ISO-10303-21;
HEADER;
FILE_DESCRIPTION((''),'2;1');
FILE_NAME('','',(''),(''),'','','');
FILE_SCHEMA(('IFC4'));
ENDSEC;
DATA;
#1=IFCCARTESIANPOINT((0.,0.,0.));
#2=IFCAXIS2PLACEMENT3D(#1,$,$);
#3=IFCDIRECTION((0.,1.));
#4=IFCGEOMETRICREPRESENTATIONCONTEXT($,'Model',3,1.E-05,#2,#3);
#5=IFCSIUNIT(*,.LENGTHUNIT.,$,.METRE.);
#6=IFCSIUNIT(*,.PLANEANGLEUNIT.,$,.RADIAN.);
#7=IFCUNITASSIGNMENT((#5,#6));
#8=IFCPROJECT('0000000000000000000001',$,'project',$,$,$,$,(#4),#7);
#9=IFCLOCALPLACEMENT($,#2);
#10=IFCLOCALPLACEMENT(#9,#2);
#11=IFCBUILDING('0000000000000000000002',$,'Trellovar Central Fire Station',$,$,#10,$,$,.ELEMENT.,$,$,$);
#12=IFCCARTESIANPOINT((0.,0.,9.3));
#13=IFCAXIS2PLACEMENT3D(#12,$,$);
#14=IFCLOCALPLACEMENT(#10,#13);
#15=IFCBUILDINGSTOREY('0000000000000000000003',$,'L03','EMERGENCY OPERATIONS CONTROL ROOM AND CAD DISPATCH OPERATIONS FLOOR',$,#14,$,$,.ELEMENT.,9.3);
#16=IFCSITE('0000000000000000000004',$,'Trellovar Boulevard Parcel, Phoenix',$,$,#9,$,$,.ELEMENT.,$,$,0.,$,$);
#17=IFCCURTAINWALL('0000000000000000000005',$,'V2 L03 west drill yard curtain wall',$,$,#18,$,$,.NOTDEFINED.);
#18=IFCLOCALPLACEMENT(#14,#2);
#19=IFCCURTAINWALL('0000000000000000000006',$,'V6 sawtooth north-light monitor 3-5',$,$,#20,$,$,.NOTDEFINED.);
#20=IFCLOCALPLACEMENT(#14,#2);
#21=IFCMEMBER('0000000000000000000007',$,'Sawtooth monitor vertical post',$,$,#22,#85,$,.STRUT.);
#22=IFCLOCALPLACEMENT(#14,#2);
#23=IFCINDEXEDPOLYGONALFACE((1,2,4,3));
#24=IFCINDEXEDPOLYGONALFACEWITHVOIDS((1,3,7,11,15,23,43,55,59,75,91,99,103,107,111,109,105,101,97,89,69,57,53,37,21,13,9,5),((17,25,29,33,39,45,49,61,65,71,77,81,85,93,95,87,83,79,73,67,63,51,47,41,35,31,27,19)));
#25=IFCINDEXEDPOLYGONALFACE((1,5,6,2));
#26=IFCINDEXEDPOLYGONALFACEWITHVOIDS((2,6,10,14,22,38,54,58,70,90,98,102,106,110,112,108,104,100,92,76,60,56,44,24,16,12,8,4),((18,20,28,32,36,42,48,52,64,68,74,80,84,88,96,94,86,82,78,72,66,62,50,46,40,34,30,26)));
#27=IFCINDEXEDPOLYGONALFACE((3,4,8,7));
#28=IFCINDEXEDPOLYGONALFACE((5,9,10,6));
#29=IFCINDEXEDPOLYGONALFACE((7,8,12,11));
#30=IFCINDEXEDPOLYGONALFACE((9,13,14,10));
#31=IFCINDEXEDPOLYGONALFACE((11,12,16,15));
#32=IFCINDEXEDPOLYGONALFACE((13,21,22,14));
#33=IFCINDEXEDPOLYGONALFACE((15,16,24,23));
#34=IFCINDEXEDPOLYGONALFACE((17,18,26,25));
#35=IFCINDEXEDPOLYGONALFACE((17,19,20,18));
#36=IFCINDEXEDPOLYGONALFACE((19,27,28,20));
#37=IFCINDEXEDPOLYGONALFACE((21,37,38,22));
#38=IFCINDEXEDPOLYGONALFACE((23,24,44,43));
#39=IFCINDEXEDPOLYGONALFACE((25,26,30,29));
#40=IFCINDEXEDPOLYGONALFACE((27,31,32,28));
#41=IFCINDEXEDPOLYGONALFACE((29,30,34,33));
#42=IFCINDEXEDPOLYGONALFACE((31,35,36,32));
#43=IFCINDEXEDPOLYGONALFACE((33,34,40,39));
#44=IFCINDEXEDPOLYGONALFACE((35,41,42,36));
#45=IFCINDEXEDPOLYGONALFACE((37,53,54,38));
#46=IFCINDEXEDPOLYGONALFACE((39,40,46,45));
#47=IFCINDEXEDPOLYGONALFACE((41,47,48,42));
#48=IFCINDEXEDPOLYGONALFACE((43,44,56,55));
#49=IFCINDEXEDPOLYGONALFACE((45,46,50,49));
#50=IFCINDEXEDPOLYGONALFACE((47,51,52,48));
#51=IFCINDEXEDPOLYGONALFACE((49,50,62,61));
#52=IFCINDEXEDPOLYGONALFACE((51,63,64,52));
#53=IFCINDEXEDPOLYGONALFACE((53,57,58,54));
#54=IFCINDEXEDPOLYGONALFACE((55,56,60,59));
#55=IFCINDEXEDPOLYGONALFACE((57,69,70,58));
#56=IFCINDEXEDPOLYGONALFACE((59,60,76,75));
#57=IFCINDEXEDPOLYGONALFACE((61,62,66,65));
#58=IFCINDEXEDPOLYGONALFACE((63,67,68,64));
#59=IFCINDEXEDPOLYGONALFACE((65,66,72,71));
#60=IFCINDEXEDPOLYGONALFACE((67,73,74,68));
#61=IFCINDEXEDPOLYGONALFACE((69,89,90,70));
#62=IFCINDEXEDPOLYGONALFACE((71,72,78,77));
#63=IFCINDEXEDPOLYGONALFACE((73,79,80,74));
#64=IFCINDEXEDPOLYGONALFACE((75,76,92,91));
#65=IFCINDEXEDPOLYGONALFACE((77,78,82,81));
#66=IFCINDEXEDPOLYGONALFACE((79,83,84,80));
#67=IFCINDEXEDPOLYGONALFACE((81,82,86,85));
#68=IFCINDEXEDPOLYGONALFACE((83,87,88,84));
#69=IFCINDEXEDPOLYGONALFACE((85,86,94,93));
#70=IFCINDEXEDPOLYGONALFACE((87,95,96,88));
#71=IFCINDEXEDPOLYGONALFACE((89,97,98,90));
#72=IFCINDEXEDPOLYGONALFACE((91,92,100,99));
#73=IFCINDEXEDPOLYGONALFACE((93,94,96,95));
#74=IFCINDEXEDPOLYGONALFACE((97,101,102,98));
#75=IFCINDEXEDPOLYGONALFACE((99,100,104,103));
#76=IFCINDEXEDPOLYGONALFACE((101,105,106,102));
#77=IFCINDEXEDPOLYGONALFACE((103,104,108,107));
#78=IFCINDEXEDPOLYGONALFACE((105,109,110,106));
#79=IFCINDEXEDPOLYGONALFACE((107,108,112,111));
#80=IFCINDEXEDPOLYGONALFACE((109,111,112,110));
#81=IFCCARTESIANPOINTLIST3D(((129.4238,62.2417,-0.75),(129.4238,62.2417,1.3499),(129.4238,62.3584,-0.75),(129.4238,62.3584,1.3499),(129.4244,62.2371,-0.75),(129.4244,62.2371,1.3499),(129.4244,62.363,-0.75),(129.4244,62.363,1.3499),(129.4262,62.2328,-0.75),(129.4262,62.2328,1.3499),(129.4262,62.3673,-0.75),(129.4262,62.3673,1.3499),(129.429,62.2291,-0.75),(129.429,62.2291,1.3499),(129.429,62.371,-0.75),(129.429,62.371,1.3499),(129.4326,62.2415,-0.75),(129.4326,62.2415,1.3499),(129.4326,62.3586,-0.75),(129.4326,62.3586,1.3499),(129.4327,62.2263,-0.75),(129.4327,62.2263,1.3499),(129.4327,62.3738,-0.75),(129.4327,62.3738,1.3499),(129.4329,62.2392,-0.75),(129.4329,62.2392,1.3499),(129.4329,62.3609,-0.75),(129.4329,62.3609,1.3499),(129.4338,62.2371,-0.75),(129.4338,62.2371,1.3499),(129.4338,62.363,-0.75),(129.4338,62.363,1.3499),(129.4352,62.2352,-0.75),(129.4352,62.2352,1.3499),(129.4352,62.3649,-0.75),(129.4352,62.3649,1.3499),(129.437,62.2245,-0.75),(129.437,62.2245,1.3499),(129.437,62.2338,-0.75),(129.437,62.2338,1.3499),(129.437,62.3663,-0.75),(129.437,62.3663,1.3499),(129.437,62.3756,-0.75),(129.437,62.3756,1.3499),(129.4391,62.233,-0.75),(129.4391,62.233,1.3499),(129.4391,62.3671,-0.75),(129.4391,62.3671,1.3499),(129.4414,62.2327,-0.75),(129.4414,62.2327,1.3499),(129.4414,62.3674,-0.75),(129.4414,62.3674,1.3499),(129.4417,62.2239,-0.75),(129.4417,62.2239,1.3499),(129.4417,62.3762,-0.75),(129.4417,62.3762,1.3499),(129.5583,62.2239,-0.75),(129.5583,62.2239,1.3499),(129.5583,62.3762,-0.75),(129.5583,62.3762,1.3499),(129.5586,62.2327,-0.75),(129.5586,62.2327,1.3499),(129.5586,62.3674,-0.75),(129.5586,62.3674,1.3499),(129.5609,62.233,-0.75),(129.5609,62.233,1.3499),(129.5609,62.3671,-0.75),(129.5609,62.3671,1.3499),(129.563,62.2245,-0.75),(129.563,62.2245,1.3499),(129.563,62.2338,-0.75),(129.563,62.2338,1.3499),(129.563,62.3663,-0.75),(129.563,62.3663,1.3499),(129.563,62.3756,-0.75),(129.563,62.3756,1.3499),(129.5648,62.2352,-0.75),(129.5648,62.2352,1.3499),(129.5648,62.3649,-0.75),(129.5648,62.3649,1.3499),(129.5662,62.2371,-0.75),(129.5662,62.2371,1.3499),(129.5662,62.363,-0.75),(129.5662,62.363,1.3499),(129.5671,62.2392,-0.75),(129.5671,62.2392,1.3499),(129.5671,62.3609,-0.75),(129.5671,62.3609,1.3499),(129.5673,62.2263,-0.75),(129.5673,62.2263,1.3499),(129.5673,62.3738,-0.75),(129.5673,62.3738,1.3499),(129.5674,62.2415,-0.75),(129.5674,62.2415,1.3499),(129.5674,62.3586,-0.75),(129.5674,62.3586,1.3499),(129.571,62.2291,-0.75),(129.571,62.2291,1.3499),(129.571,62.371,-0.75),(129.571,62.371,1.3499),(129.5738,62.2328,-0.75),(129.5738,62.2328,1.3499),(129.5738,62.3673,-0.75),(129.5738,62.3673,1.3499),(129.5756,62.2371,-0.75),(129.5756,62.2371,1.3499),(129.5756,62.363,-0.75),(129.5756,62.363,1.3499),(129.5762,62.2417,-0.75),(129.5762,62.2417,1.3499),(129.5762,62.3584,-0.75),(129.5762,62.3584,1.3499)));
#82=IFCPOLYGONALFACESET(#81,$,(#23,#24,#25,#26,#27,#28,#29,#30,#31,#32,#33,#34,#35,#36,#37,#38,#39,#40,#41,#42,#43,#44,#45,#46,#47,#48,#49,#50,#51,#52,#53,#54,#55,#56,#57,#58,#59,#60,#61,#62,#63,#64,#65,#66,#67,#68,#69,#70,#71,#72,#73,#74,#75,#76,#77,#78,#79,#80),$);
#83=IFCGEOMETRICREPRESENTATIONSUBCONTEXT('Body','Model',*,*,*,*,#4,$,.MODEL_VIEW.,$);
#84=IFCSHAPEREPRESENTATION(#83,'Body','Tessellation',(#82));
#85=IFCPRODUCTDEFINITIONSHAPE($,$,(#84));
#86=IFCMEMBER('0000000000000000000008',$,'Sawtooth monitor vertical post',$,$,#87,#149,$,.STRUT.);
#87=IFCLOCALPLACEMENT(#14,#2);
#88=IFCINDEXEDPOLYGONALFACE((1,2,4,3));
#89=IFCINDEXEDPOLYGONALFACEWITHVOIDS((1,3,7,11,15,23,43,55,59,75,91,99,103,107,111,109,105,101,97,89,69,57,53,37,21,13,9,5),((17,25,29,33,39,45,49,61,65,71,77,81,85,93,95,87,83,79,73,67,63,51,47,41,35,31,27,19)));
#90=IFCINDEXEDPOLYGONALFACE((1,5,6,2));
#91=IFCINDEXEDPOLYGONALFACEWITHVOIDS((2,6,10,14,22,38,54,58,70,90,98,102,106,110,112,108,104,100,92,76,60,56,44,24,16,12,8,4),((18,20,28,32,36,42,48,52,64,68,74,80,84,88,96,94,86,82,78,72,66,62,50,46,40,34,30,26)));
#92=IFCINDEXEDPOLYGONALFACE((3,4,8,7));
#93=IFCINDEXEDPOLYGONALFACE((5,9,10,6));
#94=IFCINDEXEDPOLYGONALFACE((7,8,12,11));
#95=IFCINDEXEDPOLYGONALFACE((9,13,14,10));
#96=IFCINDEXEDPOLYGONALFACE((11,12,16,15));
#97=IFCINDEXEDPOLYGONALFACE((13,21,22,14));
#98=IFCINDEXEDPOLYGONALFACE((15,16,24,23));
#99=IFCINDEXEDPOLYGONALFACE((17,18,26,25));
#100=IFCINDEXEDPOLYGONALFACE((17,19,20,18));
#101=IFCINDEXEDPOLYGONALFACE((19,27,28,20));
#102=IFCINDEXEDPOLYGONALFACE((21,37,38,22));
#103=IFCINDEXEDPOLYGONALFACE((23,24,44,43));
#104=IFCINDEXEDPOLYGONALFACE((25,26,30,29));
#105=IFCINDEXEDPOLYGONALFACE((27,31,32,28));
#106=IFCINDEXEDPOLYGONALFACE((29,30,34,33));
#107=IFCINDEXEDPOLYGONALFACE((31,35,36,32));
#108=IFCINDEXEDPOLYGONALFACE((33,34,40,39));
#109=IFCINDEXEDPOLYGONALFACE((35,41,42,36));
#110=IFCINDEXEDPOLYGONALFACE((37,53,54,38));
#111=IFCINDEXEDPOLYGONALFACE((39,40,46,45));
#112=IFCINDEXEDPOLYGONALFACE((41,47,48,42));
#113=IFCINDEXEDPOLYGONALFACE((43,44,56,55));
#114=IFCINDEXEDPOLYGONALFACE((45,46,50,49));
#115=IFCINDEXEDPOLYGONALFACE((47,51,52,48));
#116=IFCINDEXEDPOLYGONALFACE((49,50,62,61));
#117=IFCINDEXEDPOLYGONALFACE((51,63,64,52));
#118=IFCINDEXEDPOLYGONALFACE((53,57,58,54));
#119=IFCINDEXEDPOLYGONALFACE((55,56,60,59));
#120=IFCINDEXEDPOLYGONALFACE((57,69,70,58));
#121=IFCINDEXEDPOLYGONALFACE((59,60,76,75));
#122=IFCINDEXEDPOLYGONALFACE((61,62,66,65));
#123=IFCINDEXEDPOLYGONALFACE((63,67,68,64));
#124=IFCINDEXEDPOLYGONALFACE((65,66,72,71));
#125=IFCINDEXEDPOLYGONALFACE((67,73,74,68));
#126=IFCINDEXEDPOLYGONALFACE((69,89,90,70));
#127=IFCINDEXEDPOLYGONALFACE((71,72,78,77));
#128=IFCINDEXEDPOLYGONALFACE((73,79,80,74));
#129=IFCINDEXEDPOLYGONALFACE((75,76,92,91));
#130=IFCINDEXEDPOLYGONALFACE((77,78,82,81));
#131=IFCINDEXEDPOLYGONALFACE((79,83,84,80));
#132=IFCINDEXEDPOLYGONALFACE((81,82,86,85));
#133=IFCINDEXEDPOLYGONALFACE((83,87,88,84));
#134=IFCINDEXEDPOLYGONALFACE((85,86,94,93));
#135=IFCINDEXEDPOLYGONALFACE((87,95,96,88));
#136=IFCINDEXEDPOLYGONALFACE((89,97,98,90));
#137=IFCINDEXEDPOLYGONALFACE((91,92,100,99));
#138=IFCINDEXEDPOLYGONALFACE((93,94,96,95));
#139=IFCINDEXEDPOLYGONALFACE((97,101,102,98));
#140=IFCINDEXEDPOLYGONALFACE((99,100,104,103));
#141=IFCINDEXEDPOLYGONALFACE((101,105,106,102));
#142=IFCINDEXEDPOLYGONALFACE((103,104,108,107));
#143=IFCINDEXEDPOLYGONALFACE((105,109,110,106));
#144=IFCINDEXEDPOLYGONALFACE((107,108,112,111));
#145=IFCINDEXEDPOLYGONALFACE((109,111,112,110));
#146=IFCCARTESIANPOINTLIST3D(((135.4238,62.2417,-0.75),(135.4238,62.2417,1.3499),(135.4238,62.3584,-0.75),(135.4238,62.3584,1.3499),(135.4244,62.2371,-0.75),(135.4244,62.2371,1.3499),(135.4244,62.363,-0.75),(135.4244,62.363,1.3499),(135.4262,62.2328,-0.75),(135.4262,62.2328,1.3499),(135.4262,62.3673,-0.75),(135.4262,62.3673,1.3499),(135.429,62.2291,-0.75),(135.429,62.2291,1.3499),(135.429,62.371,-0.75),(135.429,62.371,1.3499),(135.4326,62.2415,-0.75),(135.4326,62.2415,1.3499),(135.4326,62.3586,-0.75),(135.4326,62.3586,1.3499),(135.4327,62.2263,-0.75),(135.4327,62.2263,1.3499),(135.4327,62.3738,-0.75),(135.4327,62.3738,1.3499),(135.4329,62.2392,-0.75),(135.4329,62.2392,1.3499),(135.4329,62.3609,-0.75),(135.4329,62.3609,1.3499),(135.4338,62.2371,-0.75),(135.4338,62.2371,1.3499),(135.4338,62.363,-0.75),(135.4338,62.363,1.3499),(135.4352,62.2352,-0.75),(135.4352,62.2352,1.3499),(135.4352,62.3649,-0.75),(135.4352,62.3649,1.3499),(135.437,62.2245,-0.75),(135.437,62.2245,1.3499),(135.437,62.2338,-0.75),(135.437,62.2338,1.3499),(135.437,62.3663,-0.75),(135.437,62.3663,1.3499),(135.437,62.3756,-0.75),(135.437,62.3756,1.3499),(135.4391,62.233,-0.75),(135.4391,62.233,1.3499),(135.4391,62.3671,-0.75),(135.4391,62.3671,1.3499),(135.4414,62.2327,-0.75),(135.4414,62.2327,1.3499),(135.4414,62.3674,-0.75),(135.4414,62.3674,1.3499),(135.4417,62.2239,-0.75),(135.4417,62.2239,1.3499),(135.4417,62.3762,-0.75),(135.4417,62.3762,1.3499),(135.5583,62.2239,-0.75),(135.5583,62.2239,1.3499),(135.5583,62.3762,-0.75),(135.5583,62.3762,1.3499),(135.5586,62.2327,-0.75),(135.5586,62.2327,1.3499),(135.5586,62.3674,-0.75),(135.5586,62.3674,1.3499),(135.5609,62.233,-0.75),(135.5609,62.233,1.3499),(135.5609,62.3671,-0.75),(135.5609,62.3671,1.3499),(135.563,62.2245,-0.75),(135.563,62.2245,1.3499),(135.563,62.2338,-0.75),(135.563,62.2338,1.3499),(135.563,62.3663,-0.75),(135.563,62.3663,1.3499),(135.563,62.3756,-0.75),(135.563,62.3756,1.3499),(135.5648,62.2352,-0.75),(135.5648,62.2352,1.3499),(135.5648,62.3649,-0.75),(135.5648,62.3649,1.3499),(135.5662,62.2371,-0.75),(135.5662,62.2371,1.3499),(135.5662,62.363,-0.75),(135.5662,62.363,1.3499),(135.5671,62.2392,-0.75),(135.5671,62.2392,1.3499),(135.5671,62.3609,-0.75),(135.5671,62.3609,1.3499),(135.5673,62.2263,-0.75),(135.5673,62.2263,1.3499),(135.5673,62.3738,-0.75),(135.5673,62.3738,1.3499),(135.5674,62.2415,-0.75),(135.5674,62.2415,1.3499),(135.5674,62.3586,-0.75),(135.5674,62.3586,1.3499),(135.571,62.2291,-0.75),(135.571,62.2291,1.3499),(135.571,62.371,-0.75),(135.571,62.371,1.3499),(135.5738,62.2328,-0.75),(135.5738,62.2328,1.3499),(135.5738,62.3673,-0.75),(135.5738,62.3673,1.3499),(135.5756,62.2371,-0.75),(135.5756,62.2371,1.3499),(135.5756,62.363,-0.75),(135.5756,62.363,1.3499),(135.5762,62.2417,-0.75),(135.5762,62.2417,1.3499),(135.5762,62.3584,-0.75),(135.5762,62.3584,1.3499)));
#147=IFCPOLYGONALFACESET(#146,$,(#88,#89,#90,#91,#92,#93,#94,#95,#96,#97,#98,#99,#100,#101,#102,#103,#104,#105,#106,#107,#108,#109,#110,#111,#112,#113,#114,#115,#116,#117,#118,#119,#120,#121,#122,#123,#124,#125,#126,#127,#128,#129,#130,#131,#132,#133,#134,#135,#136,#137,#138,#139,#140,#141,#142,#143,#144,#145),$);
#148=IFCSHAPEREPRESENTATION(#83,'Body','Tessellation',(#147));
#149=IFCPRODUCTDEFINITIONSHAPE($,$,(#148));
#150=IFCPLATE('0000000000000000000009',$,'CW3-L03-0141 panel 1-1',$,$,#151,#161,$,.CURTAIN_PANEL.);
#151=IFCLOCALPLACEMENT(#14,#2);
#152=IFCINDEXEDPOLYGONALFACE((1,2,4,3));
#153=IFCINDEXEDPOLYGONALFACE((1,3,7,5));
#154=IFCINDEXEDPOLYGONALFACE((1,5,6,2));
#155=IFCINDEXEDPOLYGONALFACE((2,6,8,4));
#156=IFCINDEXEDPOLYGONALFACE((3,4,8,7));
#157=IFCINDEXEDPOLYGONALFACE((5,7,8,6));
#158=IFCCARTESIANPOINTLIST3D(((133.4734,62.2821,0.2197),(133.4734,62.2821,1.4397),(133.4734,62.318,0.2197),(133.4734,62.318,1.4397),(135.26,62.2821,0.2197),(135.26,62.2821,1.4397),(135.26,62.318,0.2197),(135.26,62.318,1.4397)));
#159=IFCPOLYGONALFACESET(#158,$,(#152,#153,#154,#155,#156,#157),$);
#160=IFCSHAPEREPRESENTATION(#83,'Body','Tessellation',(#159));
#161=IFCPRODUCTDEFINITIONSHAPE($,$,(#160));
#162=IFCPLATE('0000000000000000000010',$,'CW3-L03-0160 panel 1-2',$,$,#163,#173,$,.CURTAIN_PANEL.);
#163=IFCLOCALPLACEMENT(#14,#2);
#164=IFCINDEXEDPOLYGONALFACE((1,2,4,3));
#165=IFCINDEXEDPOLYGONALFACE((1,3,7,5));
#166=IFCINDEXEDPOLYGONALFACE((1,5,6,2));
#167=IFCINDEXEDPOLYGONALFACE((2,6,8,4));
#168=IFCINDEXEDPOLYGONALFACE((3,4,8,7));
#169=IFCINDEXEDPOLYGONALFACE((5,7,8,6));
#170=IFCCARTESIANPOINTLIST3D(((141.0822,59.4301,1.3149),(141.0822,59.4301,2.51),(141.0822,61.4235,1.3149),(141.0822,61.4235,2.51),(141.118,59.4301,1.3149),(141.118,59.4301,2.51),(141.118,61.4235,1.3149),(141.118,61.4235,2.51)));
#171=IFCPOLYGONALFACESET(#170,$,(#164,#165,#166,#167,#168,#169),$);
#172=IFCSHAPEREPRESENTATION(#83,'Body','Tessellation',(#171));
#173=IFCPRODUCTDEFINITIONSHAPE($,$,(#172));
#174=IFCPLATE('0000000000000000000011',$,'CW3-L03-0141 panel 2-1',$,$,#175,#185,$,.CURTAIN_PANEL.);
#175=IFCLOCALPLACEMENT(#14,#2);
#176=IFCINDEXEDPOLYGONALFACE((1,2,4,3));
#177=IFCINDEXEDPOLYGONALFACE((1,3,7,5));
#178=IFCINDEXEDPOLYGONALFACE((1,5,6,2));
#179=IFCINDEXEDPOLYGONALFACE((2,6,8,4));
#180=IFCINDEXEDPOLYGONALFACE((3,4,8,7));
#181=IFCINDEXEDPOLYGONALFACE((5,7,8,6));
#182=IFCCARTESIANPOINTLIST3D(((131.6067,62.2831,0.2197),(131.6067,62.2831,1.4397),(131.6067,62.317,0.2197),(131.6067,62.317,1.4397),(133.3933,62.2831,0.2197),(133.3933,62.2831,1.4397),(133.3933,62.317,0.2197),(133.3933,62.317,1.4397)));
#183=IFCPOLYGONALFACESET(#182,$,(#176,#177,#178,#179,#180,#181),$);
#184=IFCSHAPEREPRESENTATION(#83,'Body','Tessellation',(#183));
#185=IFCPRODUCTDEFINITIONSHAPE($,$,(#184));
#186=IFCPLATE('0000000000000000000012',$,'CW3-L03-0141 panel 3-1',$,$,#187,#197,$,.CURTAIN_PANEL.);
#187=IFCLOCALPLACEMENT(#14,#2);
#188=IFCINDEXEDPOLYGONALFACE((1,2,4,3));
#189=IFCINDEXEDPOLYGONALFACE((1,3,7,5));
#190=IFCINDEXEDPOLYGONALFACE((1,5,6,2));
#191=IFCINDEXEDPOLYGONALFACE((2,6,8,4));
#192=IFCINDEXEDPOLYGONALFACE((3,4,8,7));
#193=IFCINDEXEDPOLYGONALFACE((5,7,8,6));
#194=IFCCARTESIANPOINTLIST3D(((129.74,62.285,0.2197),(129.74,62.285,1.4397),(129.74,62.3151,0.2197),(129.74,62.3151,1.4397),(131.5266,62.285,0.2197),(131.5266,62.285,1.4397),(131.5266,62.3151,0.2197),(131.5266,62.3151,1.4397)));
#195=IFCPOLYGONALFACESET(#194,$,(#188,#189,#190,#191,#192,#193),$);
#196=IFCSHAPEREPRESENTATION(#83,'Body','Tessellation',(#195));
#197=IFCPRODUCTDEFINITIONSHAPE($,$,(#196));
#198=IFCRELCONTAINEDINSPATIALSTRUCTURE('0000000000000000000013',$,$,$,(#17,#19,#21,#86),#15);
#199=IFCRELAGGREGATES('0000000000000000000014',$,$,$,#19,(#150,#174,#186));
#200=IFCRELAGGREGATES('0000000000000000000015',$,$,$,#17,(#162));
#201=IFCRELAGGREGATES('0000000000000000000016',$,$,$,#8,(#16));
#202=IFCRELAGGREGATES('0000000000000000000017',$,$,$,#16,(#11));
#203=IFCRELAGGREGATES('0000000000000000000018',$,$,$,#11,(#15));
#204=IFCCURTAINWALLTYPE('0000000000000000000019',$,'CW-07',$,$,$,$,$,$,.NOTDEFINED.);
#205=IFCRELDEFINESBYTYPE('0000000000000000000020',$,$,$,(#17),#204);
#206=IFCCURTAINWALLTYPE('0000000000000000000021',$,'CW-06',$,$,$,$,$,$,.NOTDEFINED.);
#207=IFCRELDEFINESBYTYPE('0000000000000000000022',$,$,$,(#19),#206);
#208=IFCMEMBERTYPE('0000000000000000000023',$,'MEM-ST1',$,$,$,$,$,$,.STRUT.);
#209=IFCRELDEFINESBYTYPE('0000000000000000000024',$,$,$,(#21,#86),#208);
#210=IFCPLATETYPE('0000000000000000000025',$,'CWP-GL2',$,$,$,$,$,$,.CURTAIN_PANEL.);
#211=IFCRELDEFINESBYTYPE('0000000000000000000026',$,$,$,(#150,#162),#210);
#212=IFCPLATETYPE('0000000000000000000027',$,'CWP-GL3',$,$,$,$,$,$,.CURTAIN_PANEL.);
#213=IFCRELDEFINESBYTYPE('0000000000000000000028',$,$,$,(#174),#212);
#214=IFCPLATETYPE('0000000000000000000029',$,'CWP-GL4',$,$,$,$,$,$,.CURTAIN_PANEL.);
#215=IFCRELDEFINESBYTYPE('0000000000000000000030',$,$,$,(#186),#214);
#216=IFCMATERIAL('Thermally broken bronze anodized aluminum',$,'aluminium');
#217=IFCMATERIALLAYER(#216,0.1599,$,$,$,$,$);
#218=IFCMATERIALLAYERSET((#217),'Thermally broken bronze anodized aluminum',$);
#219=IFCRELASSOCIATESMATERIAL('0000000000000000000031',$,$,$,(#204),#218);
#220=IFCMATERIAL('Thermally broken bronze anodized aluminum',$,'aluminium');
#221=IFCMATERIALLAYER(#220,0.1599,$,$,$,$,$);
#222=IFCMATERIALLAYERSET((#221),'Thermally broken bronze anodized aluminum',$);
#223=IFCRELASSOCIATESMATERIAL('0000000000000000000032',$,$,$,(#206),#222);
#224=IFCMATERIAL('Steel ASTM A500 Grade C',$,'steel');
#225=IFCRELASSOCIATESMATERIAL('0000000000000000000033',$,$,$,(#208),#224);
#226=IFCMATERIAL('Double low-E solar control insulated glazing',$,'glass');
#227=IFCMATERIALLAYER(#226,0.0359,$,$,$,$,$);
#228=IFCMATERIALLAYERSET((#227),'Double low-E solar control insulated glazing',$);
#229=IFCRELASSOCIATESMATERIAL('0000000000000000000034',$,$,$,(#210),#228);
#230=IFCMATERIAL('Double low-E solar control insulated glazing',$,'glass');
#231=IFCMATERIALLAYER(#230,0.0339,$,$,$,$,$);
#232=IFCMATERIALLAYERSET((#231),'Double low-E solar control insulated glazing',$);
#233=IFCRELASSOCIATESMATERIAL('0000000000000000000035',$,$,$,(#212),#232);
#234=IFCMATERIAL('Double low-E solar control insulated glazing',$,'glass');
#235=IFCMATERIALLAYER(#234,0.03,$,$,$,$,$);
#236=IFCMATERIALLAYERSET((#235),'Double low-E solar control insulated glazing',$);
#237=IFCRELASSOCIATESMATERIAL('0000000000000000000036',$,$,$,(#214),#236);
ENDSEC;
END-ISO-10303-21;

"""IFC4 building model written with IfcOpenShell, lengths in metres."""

from ifc_helpers import new_model, si_unit, direction, frame, origin, origin_2d, place, context, subcontext, project, spatial, rectangle, hollow_rectangle, extrude, material, layer, layer_set, material_profile, profile_set, type_object, element, aggregate, save


model = new_model("IFC4")

# Units and contexts
model_context = context("Model", 3, precision=1e-05, world=origin(), true_north=direction((0.0, 1.0)))
body_context = subcontext(model_context, "Body", "Model", "MODEL_VIEW")
ifc_project = project(units=[si_unit("LENGTHUNIT", "METRE"), si_unit("PLANEANGLEUNIT", "RADIAN")], contexts=[model_context])

# Site, building, storey
site_placement = place(None, origin())
site = spatial("IfcSite", under=ifc_project, at=site_placement, Name="Trellovar Boulevard Parcel, Phoenix", CompositionType="ELEMENT", RefElevation=0.0)
building_placement = place(site_placement, origin())
building = spatial("IfcBuilding", under=site, at=building_placement, Name="Trellovar Central Fire Station", CompositionType="ELEMENT")
storey_placement = place(building_placement, frame((0.0, 0.0, 9.3)))
storey = spatial("IfcBuildingStorey", under=building, at=storey_placement, Name="L03", Description="EMERGENCY OPERATIONS CONTROL ROOM AND CAD DISPATCH OPERATIONS FLOOR", CompositionType="ELEMENT", Elevation=9.3)

# Curtain wall
ifc_material_1 = material(Name="Thermally broken bronze anodized aluminum", Category="aluminium")
ifc_layer_1 = layer(ifc_material_1, 0.1599)
ifc_layer_set_1 = layer_set([ifc_layer_1], Name="Thermally broken bronze anodized aluminum")
curtain_wall_type_1 = type_object("IfcCurtainWallType", Name="CW-07", PredefinedType="NOTDEFINED", material=ifc_layer_set_1)
curtain_wall_1_placement = place(storey_placement, origin())
curtain_wall_1 = element("IfcCurtainWall", 1, at=curtain_wall_1_placement, inside=storey, type_object=curtain_wall_type_1, Name="V2 L03 west drill yard curtain wall", PredefinedType="NOTDEFINED")

# Curtain wall
ifc_material_2 = material(Name="Thermally broken bronze anodized aluminum", Category="aluminium")
ifc_layer_2 = layer(ifc_material_2, 0.1599)
ifc_layer_set_2 = layer_set([ifc_layer_2], Name="Thermally broken bronze anodized aluminum")
curtain_wall_type_2 = type_object("IfcCurtainWallType", Name="CW-06", PredefinedType="NOTDEFINED", material=ifc_layer_set_2)
curtain_wall_2_placement = place(storey_placement, origin())
curtain_wall_2 = element("IfcCurtainWall", 2, at=curtain_wall_2_placement, inside=storey, type_object=curtain_wall_type_2, Name="V6 sawtooth north-light monitor 3-5", PredefinedType="NOTDEFINED")

# Members
ifc_material_3 = material(Name="Steel ASTM A500 Grade C", Category="steel")
ifc_material_profile_1 = material_profile(ifc_material_3, hollow_rectangle(XDim=0.1523, YDim=0.1523, WallThickness=0.0088, InnerFilletRadius=0.0088, OuterFilletRadius=0.0178, at=origin_2d()), Name="HSS6X6X3/8")
ifc_profile_set_1 = profile_set([ifc_material_profile_1], Name="Steel ASTM A500 Grade C")
member_type_1 = type_object("IfcMemberType", Name="MEM-ST1", PredefinedType="STRUT", material=ifc_profile_set_1)
for number, where, z_axis, x_axis, name in (
    (3, (129.5, 62.3, -0.75), (0.0, 0.0, 1.0), (1.0, 0.0, 0.0), "Sawtooth monitor vertical post"),
    (4, (135.5, 62.3, -0.75), (0.0, 0.0, 1.0), (1.0, 0.0, 0.0), "Sawtooth monitor vertical post"),
):
    element("IfcMember", number, at=place(storey_placement, frame(where, z_axis=z_axis, x_axis=x_axis)), inside=storey, type_object=member_type_1, Name=name, PredefinedType="STRUT", context=body_context, shape_type="SweptSolid", body=[
        extrude(hollow_rectangle(XDim=0.1523, YDim=0.1523, WallThickness=0.0088, InnerFilletRadius=0.0088, OuterFilletRadius=0.0178, at=origin_2d()), origin(), (0.0, 0.0, 1.0), 2.0999),
    ])

# Plates
ifc_material_4 = material(Name="Double low-E solar control insulated glazing", Category="glass")
ifc_layer_3 = layer(ifc_material_4, 0.0359)
ifc_layer_set_3 = layer_set([ifc_layer_3], Name="Double low-E solar control insulated glazing")
plate_type_1 = type_object("IfcPlateType", Name="CWP-GL2", PredefinedType="CURTAIN_PANEL", material=ifc_layer_set_3)
plate_1_placement = place(storey_placement, frame((134.3667, 62.3, 0.2197), z_axis=(0.0, 0.0, 1.0), x_axis=(-1.0, 0.0, 0.0)))
plate_1 = element("IfcPlate", 5, at=plate_1_placement, type_object=plate_type_1, Name="CW3-L03-0141 panel 1-1", PredefinedType="CURTAIN_PANEL", context=body_context, shape_type="SweptSolid", body=[
    extrude(rectangle(XDim=1.7866, YDim=0.0359, at=origin_2d()), origin(), (0.0, 0.0, 1.0), 1.22),
])
plate_2_placement = place(storey_placement, frame((141.1001, 60.4268, 1.3149), z_axis=(0.0, 0.0, 1.0), x_axis=(0.0, 1.0, 0.0)))
plate_2 = element("IfcPlate", 6, at=plate_2_placement, type_object=plate_type_1, Name="CW3-L03-0160 panel 1-2", PredefinedType="CURTAIN_PANEL", context=body_context, shape_type="SweptSolid", body=[
    extrude(rectangle(XDim=1.9934, YDim=0.0359, at=origin_2d()), origin(), (0.0, 0.0, 1.0), 1.1951),
])
ifc_material_5 = material(Name="Double low-E solar control insulated glazing", Category="glass")
ifc_layer_4 = layer(ifc_material_5, 0.0339)
ifc_layer_set_4 = layer_set([ifc_layer_4], Name="Double low-E solar control insulated glazing")
plate_type_2 = type_object("IfcPlateType", Name="CWP-GL3", PredefinedType="CURTAIN_PANEL", material=ifc_layer_set_4)
plate_3_placement = place(storey_placement, frame((132.5, 62.3, 0.2197), z_axis=(0.0, 0.0, 1.0), x_axis=(-1.0, 0.0, 0.0)))
plate_3 = element("IfcPlate", 7, at=plate_3_placement, type_object=plate_type_2, Name="CW3-L03-0141 panel 2-1", PredefinedType="CURTAIN_PANEL", context=body_context, shape_type="SweptSolid", body=[
    extrude(rectangle(XDim=1.7866, YDim=0.0339, at=origin_2d()), origin(), (0.0, 0.0, 1.0), 1.22),
])
ifc_material_6 = material(Name="Double low-E solar control insulated glazing", Category="glass")
ifc_layer_5 = layer(ifc_material_6, 0.03)
ifc_layer_set_5 = layer_set([ifc_layer_5], Name="Double low-E solar control insulated glazing")
plate_type_3 = type_object("IfcPlateType", Name="CWP-GL4", PredefinedType="CURTAIN_PANEL", material=ifc_layer_set_5)
plate_4_placement = place(storey_placement, frame((130.6333, 62.3, 0.2197), z_axis=(0.0, 0.0, 1.0), x_axis=(-1.0, 0.0, 0.0)))
plate_4 = element("IfcPlate", 8, at=plate_4_placement, type_object=plate_type_3, Name="CW3-L03-0141 panel 3-1", PredefinedType="CURTAIN_PANEL", context=body_context, shape_type="SweptSolid", body=[
    extrude(rectangle(XDim=1.7866, YDim=0.03, at=origin_2d()), origin(), (0.0, 0.0, 1.0), 1.22),
])
aggregate(curtain_wall_2, [plate_1, plate_3, plate_4])
aggregate(curtain_wall_1, [plate_2])

save(model, "model.ifc")
